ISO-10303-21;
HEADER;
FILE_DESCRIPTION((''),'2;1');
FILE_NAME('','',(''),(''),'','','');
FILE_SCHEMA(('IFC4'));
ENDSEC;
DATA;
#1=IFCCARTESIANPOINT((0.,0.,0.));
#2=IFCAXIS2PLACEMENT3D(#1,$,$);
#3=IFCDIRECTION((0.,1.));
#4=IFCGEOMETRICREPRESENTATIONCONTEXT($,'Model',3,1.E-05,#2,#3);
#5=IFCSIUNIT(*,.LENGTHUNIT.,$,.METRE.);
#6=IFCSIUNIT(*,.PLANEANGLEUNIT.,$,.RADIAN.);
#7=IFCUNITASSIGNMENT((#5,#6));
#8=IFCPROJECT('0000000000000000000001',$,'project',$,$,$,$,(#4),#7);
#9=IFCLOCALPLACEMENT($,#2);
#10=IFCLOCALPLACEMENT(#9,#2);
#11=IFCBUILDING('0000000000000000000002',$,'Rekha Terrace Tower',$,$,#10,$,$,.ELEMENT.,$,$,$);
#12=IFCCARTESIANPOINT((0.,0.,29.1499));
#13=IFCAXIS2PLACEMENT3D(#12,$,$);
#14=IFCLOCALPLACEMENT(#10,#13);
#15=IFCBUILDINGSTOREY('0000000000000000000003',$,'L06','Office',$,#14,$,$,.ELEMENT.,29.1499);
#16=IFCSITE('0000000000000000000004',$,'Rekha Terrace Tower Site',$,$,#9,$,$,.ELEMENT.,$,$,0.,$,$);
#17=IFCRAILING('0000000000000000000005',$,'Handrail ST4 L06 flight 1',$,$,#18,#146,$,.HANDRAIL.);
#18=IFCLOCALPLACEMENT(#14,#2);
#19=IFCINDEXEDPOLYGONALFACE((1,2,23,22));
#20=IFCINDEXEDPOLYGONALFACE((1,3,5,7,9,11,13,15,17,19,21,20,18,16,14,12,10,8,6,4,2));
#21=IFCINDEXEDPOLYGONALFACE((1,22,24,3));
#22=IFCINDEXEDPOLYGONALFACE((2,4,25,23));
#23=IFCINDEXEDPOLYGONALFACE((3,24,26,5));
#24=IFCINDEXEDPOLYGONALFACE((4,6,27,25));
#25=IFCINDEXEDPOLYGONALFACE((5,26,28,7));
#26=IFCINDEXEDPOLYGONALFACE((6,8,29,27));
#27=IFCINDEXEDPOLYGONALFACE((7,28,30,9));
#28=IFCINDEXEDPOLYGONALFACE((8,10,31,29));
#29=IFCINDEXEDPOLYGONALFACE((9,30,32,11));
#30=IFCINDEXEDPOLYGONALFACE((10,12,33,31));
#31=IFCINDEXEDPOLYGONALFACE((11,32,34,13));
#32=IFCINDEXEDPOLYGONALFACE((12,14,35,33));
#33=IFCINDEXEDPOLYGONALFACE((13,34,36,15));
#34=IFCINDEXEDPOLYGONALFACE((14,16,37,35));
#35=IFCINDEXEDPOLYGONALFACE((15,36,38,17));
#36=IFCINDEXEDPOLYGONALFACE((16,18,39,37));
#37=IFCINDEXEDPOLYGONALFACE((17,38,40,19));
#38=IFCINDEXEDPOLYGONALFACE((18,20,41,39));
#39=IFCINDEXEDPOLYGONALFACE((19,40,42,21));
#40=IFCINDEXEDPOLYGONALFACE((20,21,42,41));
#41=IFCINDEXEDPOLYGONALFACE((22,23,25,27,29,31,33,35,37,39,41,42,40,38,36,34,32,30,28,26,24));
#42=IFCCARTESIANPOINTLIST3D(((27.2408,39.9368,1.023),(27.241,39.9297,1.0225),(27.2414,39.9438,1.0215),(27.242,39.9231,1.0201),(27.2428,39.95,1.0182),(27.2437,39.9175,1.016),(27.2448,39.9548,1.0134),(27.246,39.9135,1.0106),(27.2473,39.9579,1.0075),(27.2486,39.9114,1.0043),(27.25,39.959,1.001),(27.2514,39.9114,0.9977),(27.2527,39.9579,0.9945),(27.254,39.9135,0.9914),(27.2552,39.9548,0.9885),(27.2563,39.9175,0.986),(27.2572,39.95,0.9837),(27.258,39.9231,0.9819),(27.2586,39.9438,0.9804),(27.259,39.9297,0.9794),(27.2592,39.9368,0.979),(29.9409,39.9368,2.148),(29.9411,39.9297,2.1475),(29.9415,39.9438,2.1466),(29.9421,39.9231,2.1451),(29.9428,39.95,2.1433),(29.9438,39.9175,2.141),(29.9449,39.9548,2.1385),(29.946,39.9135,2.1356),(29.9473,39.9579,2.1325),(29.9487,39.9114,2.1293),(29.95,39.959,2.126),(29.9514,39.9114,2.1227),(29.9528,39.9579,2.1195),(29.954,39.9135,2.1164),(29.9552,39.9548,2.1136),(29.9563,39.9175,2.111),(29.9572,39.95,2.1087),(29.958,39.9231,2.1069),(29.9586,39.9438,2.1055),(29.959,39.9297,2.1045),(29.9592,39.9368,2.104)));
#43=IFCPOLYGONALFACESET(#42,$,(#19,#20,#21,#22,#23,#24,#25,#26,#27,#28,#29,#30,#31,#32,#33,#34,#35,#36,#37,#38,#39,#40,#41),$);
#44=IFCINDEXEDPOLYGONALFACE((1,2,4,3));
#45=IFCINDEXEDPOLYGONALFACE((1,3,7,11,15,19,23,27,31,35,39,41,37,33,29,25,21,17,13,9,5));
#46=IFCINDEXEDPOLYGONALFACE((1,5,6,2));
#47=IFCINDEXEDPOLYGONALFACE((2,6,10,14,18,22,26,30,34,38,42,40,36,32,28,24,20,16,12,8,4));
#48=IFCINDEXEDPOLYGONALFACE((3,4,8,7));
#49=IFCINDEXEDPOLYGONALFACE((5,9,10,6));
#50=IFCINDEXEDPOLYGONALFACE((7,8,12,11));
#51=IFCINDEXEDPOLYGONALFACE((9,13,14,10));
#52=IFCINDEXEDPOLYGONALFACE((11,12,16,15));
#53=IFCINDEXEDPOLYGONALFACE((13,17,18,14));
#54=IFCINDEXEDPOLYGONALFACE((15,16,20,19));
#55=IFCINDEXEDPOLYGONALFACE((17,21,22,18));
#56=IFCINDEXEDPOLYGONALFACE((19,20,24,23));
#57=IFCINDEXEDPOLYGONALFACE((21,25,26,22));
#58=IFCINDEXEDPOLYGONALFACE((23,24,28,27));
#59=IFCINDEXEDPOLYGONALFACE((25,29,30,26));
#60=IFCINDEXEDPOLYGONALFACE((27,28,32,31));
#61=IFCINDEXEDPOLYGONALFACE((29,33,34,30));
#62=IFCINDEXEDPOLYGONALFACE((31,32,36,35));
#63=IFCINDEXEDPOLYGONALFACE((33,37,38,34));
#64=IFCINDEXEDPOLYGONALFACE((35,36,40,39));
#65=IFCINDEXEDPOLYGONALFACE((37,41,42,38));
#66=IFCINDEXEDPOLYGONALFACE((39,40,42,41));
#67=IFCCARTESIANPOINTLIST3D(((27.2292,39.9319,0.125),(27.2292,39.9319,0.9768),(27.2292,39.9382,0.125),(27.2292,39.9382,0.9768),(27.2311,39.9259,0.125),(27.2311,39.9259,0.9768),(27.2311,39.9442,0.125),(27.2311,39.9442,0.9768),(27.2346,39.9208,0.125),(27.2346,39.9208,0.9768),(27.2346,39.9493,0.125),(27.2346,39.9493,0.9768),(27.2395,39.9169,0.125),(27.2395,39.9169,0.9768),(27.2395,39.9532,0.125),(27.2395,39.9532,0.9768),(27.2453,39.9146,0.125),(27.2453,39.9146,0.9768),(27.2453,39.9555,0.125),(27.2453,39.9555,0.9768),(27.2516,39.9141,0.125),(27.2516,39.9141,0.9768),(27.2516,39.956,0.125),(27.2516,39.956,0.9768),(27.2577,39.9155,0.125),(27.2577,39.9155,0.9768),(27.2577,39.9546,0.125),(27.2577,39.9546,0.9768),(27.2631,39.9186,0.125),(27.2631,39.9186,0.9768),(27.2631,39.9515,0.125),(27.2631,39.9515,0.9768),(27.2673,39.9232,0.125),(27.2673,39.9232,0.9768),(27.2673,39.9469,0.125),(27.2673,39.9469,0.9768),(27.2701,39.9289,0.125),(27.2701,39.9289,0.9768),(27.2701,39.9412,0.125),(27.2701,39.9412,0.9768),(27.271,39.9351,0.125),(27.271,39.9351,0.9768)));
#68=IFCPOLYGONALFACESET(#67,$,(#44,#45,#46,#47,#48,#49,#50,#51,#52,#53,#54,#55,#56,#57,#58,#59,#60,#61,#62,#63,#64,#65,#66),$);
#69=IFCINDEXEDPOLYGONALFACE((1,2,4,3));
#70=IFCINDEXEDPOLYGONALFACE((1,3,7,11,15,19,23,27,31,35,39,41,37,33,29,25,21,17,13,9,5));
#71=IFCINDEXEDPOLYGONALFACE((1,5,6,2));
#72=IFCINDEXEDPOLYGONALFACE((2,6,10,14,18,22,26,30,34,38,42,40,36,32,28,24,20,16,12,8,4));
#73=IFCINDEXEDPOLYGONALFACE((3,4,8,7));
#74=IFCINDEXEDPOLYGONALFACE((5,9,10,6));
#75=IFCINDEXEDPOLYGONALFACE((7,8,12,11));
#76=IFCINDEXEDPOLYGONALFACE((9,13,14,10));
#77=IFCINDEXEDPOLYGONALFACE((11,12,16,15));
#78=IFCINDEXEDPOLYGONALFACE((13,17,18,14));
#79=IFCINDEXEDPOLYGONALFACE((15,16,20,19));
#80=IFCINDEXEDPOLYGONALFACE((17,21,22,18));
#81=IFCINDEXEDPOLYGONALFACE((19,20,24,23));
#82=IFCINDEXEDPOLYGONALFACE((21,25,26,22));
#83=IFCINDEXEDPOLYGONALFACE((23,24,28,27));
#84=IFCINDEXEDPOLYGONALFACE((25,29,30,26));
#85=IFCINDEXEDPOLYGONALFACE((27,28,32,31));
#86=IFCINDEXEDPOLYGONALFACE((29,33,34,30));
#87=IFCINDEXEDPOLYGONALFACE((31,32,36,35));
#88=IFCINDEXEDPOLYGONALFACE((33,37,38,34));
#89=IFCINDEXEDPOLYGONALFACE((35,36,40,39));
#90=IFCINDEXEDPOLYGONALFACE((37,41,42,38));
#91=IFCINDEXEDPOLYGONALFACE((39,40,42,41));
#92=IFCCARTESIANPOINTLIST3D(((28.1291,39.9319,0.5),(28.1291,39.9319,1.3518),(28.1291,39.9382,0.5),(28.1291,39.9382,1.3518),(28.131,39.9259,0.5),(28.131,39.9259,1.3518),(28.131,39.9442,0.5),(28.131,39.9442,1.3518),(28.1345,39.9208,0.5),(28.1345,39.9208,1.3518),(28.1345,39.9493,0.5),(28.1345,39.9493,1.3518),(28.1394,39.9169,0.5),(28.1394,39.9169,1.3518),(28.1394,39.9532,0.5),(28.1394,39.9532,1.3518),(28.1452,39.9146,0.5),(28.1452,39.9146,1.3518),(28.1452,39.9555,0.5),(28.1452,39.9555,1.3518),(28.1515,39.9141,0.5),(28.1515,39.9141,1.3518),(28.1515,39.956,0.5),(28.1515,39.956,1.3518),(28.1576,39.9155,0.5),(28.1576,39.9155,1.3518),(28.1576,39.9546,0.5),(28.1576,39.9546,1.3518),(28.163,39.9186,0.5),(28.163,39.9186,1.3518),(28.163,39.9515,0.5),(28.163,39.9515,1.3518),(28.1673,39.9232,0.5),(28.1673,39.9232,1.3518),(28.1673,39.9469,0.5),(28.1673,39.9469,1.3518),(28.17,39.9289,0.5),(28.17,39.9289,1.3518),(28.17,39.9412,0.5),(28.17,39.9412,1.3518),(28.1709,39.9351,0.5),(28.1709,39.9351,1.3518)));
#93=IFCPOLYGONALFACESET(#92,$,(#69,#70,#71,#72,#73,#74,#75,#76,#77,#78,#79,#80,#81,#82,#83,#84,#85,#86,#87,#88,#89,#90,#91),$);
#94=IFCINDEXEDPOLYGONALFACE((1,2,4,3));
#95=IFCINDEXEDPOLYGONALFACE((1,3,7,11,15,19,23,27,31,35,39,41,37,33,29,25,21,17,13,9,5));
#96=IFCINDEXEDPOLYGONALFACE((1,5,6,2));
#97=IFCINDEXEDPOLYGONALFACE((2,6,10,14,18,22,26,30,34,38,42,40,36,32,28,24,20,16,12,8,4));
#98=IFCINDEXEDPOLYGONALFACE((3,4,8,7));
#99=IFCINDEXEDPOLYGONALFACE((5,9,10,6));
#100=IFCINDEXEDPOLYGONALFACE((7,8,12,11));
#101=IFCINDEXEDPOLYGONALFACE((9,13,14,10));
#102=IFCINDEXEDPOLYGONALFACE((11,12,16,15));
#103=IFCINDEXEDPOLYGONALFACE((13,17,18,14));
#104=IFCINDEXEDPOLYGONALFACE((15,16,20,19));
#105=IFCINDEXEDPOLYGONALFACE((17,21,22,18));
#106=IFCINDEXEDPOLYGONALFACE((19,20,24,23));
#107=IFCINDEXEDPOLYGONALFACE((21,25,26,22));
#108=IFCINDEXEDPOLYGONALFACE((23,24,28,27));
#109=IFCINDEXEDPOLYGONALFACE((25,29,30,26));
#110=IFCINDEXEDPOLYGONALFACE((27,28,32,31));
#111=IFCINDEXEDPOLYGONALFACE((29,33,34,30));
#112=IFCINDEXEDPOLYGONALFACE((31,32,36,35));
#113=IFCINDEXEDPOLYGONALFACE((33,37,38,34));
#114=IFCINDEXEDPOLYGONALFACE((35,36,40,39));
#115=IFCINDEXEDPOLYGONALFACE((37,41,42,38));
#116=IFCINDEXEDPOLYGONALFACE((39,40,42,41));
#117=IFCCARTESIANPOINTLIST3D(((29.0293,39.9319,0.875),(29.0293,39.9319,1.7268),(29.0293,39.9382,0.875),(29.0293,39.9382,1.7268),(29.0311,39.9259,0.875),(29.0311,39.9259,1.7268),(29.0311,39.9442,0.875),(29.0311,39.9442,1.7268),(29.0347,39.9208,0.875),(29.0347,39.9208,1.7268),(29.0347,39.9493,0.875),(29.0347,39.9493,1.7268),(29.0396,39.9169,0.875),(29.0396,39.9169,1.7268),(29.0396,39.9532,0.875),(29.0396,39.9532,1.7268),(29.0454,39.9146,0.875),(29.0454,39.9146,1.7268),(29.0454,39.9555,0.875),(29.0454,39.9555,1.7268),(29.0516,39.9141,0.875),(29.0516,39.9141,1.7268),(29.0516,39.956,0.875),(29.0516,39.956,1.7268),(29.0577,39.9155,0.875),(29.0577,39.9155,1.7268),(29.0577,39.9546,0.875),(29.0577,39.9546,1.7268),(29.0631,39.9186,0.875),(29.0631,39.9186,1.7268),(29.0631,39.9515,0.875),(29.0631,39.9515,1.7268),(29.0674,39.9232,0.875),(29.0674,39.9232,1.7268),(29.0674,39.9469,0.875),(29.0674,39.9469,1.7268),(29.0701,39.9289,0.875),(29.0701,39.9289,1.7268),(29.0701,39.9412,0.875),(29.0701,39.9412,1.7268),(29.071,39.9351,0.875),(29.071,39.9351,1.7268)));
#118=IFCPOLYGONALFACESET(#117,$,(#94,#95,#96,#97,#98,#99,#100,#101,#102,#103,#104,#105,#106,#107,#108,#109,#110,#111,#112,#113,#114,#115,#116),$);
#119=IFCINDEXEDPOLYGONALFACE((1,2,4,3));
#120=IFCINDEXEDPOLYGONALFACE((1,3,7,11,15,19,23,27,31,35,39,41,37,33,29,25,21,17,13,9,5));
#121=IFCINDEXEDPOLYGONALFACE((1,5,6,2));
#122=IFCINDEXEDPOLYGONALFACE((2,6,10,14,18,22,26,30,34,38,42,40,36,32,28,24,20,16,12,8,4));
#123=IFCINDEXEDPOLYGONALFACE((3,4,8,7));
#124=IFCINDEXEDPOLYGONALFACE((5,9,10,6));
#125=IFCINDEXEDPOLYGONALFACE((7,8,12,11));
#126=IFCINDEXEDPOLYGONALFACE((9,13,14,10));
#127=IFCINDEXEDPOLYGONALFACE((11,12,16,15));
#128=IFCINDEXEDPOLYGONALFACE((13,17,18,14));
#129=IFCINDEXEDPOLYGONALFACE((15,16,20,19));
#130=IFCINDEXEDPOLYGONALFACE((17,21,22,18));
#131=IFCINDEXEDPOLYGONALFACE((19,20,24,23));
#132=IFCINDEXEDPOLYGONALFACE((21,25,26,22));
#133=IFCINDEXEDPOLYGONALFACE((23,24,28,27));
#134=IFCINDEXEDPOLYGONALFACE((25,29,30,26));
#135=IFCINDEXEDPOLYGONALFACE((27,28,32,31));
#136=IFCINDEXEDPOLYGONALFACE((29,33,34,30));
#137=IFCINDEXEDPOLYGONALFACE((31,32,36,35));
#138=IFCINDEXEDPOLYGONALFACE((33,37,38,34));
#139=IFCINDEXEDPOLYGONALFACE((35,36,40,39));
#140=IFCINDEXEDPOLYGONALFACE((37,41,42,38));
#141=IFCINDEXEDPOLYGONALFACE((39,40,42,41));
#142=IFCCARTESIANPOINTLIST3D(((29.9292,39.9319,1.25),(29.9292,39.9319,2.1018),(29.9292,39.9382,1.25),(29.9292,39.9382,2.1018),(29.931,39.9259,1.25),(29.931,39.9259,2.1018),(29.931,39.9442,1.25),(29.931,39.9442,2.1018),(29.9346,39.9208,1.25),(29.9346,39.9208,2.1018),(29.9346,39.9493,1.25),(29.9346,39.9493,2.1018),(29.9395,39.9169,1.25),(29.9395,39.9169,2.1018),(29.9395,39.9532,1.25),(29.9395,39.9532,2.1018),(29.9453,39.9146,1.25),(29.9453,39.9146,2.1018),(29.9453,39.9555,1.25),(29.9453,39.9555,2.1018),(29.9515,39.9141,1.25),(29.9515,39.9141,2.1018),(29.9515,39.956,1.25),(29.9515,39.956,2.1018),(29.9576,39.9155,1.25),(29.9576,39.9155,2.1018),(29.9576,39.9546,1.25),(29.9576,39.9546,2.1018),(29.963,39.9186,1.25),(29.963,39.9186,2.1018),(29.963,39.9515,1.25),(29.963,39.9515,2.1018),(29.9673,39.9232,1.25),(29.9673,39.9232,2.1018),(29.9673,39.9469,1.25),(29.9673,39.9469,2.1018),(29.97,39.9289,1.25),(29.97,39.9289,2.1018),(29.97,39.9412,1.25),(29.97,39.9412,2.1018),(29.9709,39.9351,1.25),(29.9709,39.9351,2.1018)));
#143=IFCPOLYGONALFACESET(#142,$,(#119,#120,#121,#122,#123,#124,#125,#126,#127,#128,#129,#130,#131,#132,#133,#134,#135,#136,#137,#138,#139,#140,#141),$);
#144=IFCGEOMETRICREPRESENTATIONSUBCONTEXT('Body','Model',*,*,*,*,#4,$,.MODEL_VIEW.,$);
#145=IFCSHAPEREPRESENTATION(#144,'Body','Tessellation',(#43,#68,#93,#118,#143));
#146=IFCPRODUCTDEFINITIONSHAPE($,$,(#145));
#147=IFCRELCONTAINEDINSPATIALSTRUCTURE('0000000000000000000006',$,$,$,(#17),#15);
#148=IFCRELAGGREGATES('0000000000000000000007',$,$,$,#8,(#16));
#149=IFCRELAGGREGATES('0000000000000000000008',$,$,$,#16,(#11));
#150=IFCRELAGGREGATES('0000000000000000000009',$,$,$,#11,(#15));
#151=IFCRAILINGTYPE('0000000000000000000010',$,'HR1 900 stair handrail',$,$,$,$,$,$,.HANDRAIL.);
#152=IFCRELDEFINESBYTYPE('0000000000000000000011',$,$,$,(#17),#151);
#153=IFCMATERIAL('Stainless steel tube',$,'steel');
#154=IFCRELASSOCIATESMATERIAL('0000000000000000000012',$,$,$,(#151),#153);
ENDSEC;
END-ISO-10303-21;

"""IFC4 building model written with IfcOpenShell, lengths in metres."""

from ifc_helpers import new_model, si_unit, direction, frame, origin, origin_2d, place, context, subcontext, project, spatial, circle, extrude, material, type_object, element, save


model = new_model("IFC4")

# Units and contexts
model_context = context("Model", 3, precision=1e-05, world=origin(), true_north=direction((0.0, 1.0)))
body_context = subcontext(model_context, "Body", "Model", "MODEL_VIEW")
ifc_project = project(units=[si_unit("LENGTHUNIT", "METRE"), si_unit("PLANEANGLEUNIT", "RADIAN")], contexts=[model_context])

# Site, building, storey
site_placement = place(None, origin())
site = spatial("IfcSite", under=ifc_project, at=site_placement, Name="Rekha Terrace Tower Site", CompositionType="ELEMENT", RefElevation=0.0)
building_placement = place(site_placement, origin())
building = spatial("IfcBuilding", under=site, at=building_placement, Name="Rekha Terrace Tower", CompositionType="ELEMENT")
storey_placement = place(building_placement, frame((0.0, 0.0, 29.1499)))
storey = spatial("IfcBuildingStorey", under=building, at=storey_placement, Name="L06", Description="Office", CompositionType="ELEMENT", Elevation=29.1499)

# Railing
ifc_material_1 = material(Name="Stainless steel tube", Category="steel")
railing_type_1 = type_object("IfcRailingType", Name="HR1 900 stair handrail", PredefinedType="HANDRAIL", material=ifc_material_1)
railing_1_placement = place(storey_placement, frame((27.25, 39.9351, 0.125)))
element("IfcRailing", 1, at=railing_1_placement, inside=storey, type_object=railing_type_1, Name="Handrail ST4 L06 flight 1", PredefinedType="HANDRAIL", context=body_context, shape_type="SweptSolid", body=[
    extrude(circle(Radius=0.0239, at=origin_2d()), frame((0.0, 0.0, 0.876), z_axis=(0.923074, 0.0, 0.384621), x_axis=(0.0, 1.0, 0.0)), (0.0, 0.0, 1.0), 2.925),
    extrude(circle(Radius=0.021, at=origin_2d()), origin(), (0.0, 0.0, 1.0), 0.8518),
    extrude(circle(Radius=0.021, at=origin_2d()), frame((0.8999, 0.0, 0.375)), (0.0, 0.0, 1.0), 0.8518),
    extrude(circle(Radius=0.021, at=origin_2d()), frame((1.8, 0.0, 0.75)), (0.0, 0.0, 1.0), 0.8518),
    extrude(circle(Radius=0.021, at=origin_2d()), frame((2.7, 0.0, 1.125)), (0.0, 0.0, 1.0), 0.8518),
])

save(model, "model.ifc")
